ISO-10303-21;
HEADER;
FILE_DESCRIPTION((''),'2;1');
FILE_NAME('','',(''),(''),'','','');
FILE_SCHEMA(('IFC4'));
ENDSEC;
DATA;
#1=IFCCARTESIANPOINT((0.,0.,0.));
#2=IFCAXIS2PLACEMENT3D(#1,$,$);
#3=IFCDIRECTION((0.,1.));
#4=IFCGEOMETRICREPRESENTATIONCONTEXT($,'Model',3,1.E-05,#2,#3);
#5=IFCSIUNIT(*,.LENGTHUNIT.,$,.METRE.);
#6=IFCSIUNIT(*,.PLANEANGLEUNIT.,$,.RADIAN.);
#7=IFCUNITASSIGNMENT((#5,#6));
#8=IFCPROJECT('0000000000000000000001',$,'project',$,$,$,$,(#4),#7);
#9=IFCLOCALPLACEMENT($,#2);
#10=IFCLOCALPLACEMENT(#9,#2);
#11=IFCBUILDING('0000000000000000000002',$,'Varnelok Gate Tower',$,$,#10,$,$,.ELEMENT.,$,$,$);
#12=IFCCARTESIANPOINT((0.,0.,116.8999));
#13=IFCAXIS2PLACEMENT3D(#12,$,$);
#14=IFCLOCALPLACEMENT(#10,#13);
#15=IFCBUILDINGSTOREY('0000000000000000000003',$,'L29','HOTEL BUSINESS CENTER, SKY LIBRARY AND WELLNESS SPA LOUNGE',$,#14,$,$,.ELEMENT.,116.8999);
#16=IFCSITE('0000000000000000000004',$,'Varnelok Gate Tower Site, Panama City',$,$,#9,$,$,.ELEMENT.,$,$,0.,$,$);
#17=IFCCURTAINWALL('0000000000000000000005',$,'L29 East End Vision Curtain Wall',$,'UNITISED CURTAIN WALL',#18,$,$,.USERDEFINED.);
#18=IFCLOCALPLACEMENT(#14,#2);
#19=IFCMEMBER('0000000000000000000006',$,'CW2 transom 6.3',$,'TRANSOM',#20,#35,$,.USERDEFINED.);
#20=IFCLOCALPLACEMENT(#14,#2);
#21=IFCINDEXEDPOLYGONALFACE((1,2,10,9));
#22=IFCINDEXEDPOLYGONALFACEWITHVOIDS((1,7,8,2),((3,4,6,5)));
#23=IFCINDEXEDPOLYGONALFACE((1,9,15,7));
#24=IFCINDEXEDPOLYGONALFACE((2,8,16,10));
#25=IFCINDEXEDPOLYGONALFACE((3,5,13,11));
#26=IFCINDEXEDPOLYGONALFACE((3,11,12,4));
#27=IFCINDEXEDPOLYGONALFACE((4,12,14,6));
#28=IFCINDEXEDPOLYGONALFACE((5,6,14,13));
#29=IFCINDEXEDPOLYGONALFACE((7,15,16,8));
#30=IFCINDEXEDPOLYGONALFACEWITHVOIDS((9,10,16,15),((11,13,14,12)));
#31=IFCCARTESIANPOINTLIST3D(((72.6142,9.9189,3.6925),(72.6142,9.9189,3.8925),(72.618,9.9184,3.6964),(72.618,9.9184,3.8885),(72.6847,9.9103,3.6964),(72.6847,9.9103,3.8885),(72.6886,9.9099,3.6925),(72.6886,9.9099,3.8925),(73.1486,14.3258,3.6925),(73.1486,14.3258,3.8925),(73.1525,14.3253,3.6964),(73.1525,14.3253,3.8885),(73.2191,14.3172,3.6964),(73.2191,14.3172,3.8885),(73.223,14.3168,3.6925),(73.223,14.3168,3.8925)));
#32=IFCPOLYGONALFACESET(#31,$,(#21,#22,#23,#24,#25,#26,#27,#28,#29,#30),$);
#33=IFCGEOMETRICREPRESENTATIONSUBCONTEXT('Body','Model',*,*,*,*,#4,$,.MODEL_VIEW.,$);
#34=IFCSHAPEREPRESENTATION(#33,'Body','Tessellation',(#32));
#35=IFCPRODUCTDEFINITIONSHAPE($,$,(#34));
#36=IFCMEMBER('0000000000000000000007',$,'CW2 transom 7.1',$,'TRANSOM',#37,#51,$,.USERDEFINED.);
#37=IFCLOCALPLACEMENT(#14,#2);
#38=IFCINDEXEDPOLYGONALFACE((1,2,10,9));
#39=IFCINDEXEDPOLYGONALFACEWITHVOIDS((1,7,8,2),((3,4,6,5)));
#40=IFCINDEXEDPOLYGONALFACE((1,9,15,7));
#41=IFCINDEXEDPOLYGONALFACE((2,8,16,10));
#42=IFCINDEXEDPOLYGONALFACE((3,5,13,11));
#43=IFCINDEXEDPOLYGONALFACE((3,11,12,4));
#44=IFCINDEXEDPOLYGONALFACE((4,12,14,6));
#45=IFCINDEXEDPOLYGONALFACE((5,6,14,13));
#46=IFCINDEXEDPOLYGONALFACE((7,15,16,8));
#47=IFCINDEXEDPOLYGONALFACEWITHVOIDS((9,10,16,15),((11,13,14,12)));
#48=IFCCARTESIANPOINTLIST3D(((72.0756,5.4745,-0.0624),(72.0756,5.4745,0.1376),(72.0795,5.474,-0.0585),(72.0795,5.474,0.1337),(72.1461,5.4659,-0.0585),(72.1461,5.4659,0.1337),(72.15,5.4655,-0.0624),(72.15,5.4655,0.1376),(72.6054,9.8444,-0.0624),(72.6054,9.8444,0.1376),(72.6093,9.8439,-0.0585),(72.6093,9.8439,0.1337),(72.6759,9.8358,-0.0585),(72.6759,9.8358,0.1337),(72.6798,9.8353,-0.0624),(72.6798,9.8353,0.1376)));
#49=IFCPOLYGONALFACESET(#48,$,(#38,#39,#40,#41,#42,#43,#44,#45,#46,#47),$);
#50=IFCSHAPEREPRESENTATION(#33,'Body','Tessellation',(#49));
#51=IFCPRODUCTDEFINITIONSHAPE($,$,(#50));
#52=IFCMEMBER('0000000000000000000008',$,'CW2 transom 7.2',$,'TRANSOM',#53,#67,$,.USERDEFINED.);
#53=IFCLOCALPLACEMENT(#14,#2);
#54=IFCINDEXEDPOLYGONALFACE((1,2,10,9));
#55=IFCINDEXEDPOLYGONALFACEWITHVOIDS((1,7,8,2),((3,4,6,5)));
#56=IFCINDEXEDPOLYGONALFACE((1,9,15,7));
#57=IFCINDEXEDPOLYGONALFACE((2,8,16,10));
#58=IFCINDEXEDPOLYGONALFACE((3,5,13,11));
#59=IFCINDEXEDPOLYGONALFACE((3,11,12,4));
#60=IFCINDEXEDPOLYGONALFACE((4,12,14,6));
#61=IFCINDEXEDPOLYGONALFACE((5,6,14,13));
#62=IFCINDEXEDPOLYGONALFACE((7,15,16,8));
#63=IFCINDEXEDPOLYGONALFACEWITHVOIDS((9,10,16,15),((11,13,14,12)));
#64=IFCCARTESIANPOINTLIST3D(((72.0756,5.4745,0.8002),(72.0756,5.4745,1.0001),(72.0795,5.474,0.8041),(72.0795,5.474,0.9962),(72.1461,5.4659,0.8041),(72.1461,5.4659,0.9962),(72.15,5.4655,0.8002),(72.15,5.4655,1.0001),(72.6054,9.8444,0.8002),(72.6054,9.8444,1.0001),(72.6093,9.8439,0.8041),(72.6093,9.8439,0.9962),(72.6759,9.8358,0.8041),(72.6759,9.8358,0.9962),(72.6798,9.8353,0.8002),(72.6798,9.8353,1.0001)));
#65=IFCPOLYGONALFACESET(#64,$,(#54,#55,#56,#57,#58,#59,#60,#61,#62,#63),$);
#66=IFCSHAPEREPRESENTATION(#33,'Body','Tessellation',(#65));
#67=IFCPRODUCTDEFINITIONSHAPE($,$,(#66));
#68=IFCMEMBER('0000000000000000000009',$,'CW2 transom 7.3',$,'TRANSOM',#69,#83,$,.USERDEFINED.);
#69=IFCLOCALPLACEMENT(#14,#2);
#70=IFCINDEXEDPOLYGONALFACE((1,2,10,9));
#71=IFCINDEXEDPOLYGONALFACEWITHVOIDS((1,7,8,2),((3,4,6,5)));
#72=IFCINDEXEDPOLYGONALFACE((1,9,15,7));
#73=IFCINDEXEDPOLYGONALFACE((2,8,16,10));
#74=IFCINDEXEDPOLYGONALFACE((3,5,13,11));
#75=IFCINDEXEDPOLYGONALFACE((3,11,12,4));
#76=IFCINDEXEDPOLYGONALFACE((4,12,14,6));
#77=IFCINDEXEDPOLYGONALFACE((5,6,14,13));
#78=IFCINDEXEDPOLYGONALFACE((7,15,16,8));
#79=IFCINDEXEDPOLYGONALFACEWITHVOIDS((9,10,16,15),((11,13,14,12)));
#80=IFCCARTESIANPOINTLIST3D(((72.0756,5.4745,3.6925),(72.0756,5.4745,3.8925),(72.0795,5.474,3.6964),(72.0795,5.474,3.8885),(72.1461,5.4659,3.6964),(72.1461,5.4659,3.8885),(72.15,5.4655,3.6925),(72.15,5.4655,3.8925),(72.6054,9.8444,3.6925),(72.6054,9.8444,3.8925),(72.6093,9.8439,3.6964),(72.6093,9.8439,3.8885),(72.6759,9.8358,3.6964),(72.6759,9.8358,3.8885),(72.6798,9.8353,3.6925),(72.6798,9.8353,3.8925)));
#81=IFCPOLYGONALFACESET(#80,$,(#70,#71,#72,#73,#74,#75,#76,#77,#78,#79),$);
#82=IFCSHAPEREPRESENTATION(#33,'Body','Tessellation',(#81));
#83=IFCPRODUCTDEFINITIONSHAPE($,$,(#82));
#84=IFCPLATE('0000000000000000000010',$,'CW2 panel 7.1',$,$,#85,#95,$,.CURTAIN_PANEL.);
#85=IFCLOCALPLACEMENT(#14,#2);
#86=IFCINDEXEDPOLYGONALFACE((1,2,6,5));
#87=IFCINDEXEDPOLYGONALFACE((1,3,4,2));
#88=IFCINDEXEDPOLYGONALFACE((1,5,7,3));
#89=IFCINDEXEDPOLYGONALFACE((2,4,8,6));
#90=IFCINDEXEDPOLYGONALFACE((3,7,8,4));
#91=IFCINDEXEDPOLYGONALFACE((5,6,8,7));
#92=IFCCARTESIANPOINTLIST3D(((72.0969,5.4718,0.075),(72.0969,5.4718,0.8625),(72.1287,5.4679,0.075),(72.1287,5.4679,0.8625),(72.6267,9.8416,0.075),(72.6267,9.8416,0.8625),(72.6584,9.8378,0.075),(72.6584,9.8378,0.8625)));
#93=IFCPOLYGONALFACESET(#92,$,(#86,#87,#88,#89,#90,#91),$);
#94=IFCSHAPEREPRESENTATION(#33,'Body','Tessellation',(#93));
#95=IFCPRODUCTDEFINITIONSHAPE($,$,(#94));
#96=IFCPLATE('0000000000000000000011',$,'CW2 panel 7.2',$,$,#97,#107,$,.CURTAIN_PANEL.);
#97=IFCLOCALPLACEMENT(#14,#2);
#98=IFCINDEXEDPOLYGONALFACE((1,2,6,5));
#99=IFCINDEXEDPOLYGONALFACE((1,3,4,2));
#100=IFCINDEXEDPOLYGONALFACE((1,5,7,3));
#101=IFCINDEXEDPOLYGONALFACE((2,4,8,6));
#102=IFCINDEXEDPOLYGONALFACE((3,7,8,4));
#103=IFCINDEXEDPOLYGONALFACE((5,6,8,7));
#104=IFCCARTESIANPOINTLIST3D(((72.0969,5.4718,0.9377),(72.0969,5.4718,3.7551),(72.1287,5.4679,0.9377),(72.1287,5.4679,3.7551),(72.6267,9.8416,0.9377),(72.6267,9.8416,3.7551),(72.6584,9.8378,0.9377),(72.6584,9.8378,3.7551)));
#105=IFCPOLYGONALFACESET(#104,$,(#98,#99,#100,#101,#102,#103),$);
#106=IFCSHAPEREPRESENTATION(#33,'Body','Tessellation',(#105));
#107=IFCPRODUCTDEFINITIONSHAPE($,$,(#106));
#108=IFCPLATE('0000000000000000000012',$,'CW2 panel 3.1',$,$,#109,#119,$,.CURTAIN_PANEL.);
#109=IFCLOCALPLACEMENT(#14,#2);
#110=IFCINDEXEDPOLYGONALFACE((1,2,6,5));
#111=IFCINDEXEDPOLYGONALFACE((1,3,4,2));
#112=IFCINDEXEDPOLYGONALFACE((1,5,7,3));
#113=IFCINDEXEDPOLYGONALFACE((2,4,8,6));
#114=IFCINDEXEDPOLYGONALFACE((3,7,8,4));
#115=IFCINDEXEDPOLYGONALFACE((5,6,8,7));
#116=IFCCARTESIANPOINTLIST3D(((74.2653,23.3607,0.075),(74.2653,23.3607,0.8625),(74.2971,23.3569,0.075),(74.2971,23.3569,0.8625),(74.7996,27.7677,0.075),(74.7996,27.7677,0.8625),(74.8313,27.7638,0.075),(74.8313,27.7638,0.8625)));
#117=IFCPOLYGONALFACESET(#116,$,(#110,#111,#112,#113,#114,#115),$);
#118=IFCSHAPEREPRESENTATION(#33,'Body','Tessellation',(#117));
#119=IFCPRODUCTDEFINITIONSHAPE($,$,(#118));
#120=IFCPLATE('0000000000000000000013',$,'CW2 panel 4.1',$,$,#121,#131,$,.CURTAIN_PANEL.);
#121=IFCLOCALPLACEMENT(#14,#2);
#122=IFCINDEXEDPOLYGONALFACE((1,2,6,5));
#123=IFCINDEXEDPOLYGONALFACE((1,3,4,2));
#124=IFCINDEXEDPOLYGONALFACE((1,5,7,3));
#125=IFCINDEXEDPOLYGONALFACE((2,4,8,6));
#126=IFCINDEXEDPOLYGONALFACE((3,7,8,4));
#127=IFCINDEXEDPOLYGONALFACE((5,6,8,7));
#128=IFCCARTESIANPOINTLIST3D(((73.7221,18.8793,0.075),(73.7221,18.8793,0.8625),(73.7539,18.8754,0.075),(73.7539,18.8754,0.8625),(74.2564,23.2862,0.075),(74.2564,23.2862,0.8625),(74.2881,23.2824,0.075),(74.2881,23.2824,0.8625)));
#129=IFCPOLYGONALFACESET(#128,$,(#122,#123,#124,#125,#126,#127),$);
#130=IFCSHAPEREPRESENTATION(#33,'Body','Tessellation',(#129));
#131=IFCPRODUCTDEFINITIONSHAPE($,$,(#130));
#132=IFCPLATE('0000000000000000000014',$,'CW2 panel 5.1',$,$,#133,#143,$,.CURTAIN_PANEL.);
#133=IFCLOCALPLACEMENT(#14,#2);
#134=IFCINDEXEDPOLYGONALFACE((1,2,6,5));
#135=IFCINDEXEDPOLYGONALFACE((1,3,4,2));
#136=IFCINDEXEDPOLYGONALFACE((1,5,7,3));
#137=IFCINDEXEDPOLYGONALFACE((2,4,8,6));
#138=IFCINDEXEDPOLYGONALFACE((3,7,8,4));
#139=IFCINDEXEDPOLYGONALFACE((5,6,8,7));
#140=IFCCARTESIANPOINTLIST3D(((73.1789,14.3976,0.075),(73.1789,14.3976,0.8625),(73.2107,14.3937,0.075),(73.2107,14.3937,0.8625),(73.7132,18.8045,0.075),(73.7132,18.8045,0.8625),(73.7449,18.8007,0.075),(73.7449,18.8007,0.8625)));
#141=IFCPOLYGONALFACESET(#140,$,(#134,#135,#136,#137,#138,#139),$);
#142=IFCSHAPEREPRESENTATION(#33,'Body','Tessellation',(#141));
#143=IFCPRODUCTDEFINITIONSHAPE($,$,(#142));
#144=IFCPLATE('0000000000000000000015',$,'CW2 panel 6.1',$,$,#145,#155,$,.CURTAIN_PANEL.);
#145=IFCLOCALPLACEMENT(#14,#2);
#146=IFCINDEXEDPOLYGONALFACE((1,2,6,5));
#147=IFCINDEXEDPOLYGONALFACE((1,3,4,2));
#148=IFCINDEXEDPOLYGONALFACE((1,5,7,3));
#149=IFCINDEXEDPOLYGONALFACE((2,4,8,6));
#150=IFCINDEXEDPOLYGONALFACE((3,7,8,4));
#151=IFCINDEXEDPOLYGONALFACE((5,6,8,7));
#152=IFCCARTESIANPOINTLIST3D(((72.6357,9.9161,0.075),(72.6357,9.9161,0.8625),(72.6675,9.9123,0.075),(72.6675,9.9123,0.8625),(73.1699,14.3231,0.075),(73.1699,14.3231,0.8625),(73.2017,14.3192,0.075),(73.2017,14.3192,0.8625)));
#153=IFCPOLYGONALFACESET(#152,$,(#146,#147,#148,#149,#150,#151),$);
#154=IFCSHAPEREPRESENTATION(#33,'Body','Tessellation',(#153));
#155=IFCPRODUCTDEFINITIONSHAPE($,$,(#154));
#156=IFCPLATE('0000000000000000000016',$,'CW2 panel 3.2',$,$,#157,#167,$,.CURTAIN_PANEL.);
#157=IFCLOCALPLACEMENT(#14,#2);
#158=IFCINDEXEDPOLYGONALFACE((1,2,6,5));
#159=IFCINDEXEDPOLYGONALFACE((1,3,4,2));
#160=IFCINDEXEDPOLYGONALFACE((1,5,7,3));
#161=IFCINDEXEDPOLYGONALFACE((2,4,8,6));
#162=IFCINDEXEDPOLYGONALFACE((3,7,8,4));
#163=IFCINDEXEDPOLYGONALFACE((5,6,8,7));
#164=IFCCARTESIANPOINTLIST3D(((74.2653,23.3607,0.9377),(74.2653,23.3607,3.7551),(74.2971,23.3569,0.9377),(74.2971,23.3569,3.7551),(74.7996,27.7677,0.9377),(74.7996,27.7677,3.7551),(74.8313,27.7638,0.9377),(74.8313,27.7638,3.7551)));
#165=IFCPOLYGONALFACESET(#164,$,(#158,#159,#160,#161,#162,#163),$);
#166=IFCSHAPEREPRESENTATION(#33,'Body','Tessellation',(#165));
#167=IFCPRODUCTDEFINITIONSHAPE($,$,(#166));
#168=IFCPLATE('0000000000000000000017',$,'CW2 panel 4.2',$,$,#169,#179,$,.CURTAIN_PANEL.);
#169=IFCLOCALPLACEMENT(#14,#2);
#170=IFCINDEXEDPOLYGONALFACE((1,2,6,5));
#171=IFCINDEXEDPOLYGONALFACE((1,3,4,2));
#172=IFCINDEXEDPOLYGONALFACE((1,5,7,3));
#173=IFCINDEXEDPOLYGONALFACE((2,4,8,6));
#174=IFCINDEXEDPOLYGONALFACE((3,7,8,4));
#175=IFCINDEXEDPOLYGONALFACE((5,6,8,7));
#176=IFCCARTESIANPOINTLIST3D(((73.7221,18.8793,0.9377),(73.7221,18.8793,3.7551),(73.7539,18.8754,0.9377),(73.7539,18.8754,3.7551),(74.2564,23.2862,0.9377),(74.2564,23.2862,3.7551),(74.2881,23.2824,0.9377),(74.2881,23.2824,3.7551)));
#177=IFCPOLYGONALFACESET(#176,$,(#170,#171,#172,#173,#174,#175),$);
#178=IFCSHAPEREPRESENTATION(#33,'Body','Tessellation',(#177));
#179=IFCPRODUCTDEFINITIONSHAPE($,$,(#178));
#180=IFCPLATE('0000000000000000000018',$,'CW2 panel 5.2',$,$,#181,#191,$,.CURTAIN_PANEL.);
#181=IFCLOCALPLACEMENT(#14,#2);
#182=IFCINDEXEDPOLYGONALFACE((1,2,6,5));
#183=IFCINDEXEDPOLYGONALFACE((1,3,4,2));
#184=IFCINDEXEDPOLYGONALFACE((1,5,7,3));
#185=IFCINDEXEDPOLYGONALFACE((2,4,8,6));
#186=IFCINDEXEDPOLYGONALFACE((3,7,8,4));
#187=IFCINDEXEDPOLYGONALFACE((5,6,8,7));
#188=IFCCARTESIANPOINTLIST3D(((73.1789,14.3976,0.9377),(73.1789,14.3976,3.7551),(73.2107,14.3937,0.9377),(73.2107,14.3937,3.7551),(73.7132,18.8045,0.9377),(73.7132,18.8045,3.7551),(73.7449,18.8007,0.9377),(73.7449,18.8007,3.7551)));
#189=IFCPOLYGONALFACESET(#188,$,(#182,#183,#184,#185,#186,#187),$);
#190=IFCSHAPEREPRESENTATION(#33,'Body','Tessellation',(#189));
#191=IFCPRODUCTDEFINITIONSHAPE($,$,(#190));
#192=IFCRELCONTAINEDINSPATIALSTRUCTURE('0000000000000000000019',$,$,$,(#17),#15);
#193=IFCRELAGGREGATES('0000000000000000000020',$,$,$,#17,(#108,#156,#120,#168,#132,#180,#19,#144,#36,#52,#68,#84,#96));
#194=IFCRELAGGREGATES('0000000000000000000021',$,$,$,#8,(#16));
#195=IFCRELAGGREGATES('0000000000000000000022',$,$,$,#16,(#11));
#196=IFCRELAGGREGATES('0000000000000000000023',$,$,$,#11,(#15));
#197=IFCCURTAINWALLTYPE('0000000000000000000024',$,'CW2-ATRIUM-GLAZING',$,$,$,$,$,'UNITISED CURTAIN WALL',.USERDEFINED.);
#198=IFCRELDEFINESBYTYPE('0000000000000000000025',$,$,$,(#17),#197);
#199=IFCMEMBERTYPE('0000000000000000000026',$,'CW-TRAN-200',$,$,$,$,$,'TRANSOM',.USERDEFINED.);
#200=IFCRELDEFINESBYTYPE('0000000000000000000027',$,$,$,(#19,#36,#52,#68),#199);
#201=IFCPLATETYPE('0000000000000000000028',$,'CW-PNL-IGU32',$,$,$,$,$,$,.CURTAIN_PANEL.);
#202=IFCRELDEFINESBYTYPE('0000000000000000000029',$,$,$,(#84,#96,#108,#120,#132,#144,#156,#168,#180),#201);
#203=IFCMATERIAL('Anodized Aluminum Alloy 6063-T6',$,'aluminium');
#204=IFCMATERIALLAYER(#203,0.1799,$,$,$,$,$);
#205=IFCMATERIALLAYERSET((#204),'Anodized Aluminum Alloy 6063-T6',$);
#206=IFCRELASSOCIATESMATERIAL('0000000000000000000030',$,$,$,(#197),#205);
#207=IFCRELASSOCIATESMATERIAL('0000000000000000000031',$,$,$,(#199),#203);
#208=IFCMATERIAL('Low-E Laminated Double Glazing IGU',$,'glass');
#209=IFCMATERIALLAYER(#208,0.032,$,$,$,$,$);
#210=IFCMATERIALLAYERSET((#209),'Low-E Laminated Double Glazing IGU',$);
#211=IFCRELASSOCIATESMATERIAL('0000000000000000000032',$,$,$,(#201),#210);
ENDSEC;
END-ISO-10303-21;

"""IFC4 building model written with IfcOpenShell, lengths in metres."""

from ifc_helpers import new_model, si_unit, direction, frame, origin, origin_2d, place, context, subcontext, project, spatial, rectangle, hollow_rectangle, extrude, source, transform, mapped, material, layer, layer_set, material_profile, profile_set, type_object, element, aggregate, save


model = new_model("IFC4")

# Units and contexts
model_context = context("Model", 3, precision=1e-05, world=origin(), true_north=direction((0.0, 1.0)))
body_context = subcontext(model_context, "Body", "Model", "MODEL_VIEW")
ifc_project = project(units=[si_unit("LENGTHUNIT", "METRE"), si_unit("PLANEANGLEUNIT", "RADIAN")], contexts=[model_context])

# Site, building, storey
site_placement = place(None, origin())
site = spatial("IfcSite", under=ifc_project, at=site_placement, Name="Varnelok Gate Tower Site, Panama City", CompositionType="ELEMENT", RefElevation=0.0)
building_placement = place(site_placement, origin())
building = spatial("IfcBuilding", under=site, at=building_placement, Name="Varnelok Gate Tower", CompositionType="ELEMENT")
storey_placement = place(building_placement, frame((0.0, 0.0, 116.8999)))
storey = spatial("IfcBuildingStorey", under=building, at=storey_placement, Name="L29", Description="HOTEL BUSINESS CENTER, SKY LIBRARY AND WELLNESS SPA LOUNGE", CompositionType="ELEMENT", Elevation=116.8999)

# Curtain wall, members, plates
ifc_material_1 = material(Name="Anodized Aluminum Alloy 6063-T6", Category="aluminium")
ifc_layer_1 = layer(ifc_material_1, 0.1799)
ifc_layer_set_1 = layer_set([ifc_layer_1], Name="Anodized Aluminum Alloy 6063-T6")
curtain_wall_type = type_object("IfcCurtainWallType", Name="CW2-ATRIUM-GLAZING", ElementType="UNITISED CURTAIN WALL", PredefinedType="USERDEFINED", material=ifc_layer_set_1)
curtain_wall_placement = place(storey_placement, origin())
curtain_wall = element("IfcCurtainWall", 1, at=curtain_wall_placement, inside=storey, type_object=curtain_wall_type, Name="L29 East End Vision Curtain Wall", ObjectType="UNITISED CURTAIN WALL", PredefinedType="USERDEFINED")
ifc_material_profile_1 = material_profile(ifc_material_1, hollow_rectangle(XDim=0.075, YDim=0.2, WallThickness=0.0039, at=origin_2d()), Name="ALU200X75X4")
ifc_profile_set_1 = profile_set([ifc_material_profile_1], Name="Anodized Aluminum Alloy 6063-T6")
member_type_1 = type_object("IfcMemberType", Name="CW-TRAN-200", ElementType="TRANSOM", PredefinedType="USERDEFINED", material=ifc_profile_set_1)
member_1_placement = place(storey_placement, frame((73.1858, 14.3213, 3.7925), z_axis=(-0.120386, -0.992727, 0.0), x_axis=(0.992727, -0.120386, 0.0)))
member_1 = element("IfcMember", 2, at=member_1_placement, type_object=member_type_1, Name="CW2 transom 6.3", ObjectType="TRANSOM", PredefinedType="USERDEFINED", context=body_context, shape_type="SweptSolid", body=[
    extrude(hollow_rectangle(XDim=0.075, YDim=0.2, WallThickness=0.0039, at=origin_2d()), origin(), (0.0, 0.0, 1.0), 4.4392),
])
member_2_placement = place(storey_placement, frame((72.6426, 9.8398, 0.0376), z_axis=(-0.120355, -0.992731, 0.0), x_axis=(0.992731, -0.120355, 0.0)))
member_2 = element("IfcMember", 3, at=member_2_placement, type_object=member_type_1, Name="CW2 transom 7.1", ObjectType="TRANSOM", PredefinedType="USERDEFINED", context=body_context, shape_type="SweptSolid", body=[
    extrude(hollow_rectangle(XDim=0.075, YDim=0.2, WallThickness=0.0039, at=origin_2d()), origin(), (0.0, 0.0, 1.0), 4.4019),
])
member_3_placement = place(storey_placement, frame((72.6426, 9.8398, 0.9001), z_axis=(-0.120355, -0.992731, 0.0), x_axis=(0.992731, -0.120355, 0.0)))
member_3 = element("IfcMember", 4, at=member_3_placement, type_object=member_type_1, Name="CW2 transom 7.2", ObjectType="TRANSOM", PredefinedType="USERDEFINED", context=body_context, shape_type="SweptSolid", body=[
    extrude(hollow_rectangle(XDim=0.075, YDim=0.2, WallThickness=0.0039, at=origin_2d()), origin(), (0.0, 0.0, 1.0), 4.4019),
])
member_4_placement = place(storey_placement, frame((72.6426, 9.8398, 3.7925), z_axis=(-0.120355, -0.992731, 0.0), x_axis=(0.992731, -0.120355, 0.0)))
member_4 = element("IfcMember", 5, at=member_4_placement, type_object=member_type_1, Name="CW2 transom 7.3", ObjectType="TRANSOM", PredefinedType="USERDEFINED", context=body_context, shape_type="SweptSolid", body=[
    extrude(hollow_rectangle(XDim=0.075, YDim=0.2, WallThickness=0.0039, at=origin_2d()), origin(), (0.0, 0.0, 1.0), 4.4019),
])
ifc_material_2 = material(Name="Low-E Laminated Double Glazing IGU", Category="glass")
ifc_layer_2 = layer(ifc_material_2, 0.032)
ifc_layer_set_2 = layer_set([ifc_layer_2], Name="Low-E Laminated Double Glazing IGU")
plate_type = type_object("IfcPlateType", Name="CW-PNL-IGU32", PredefinedType="CURTAIN_PANEL", material=ifc_layer_set_2)
shared_shape_1 = source(origin(), body_context, "Body", "SweptSolid", [
    extrude(rectangle(XDim=4.4019, YDim=0.032, at=origin_2d()), origin(), (0.0, 0.0, 1.0), 0.7876),
])
plate_1_placement = place(storey_placement, frame((72.3777, 7.6548, 0.075), z_axis=(0.0, 0.0, 1.0), x_axis=(-0.120345, -0.992732, 0.0)))
plate_1 = element("IfcPlate", 6, at=plate_1_placement, type_object=plate_type, Name="CW2 panel 7.1", PredefinedType="CURTAIN_PANEL", context=body_context, shape_type="MappedRepresentation", body=[
    mapped(shared_shape_1, transform((0.0, 0.0, 0.0), scale=1.0)),
])
shared_shape_2 = source(origin(), body_context, "Body", "SweptSolid", [
    extrude(rectangle(XDim=4.4019, YDim=0.032, at=origin_2d()), origin(), (0.0, 0.0, 1.0), 2.8174),
])
plate_2_placement = place(storey_placement, frame((72.3777, 7.6548, 0.9377), z_axis=(0.0, 0.0, 1.0), x_axis=(-0.120345, -0.992732, 0.0)))
plate_2 = element("IfcPlate", 7, at=plate_2_placement, type_object=plate_type, Name="CW2 panel 7.2", PredefinedType="CURTAIN_PANEL", context=body_context, shape_type="MappedRepresentation", body=[
    mapped(shared_shape_2, transform((0.0, 0.0, 0.0), scale=1.0)),
])
shared_shape_3 = source(origin(), body_context, "Body", "SweptSolid", [
    extrude(rectangle(XDim=4.4392, YDim=0.032, at=origin_2d()), origin(), (0.0, 0.0, 1.0), 0.7876),
])
plate_3_placement = place(storey_placement, frame((74.5483, 25.5623, 0.075), z_axis=(0.0, 0.0, 1.0), x_axis=(-0.120345, -0.992732, 0.0)))
plate_3 = element("IfcPlate", 8, at=plate_3_placement, type_object=plate_type, Name="CW2 panel 3.1", PredefinedType="CURTAIN_PANEL", context=body_context, shape_type="MappedRepresentation", body=[
    mapped(shared_shape_3, transform((0.0, 0.0, 0.0), scale=1.0)),
])
plate_4_placement = place(storey_placement, frame((74.0051, 21.0808, 0.075), z_axis=(0.0, 0.0, 1.0), x_axis=(-0.120345, -0.992732, 0.0)))
plate_4 = element("IfcPlate", 9, at=plate_4_placement, type_object=plate_type, Name="CW2 panel 4.1", PredefinedType="CURTAIN_PANEL", context=body_context, shape_type="MappedRepresentation", body=[
    mapped(shared_shape_3, transform((0.0, 0.0, 0.0), scale=1.0)),
])
plate_5_placement = place(storey_placement, frame((73.4619, 16.5991, 0.075), z_axis=(0.0, 0.0, 1.0), x_axis=(-0.120345, -0.992732, 0.0)))
plate_5 = element("IfcPlate", 10, at=plate_5_placement, type_object=plate_type, Name="CW2 panel 5.1", PredefinedType="CURTAIN_PANEL", context=body_context, shape_type="MappedRepresentation", body=[
    mapped(shared_shape_3, transform((0.0, 0.0, 0.0), scale=1.0)),
])
plate_6_placement = place(storey_placement, frame((72.9187, 12.1177, 0.075), z_axis=(0.0, 0.0, 1.0), x_axis=(-0.120345, -0.992732, 0.0)))
plate_6 = element("IfcPlate", 11, at=plate_6_placement, type_object=plate_type, Name="CW2 panel 6.1", PredefinedType="CURTAIN_PANEL", context=body_context, shape_type="MappedRepresentation", body=[
    mapped(shared_shape_3, transform((0.0, 0.0, 0.0), scale=1.0)),
])
shared_shape_4 = source(origin(), body_context, "Body", "SweptSolid", [
    extrude(rectangle(XDim=4.4392, YDim=0.032, at=origin_2d()), origin(), (0.0, 0.0, 1.0), 2.8174),
])
plate_7_placement = place(storey_placement, frame((74.5483, 25.5623, 0.9377), z_axis=(0.0, 0.0, 1.0), x_axis=(-0.120345, -0.992732, 0.0)))
plate_7 = element("IfcPlate", 12, at=plate_7_placement, type_object=plate_type, Name="CW2 panel 3.2", PredefinedType="CURTAIN_PANEL", context=body_context, shape_type="MappedRepresentation", body=[
    mapped(shared_shape_4, transform((0.0, 0.0, 0.0), scale=1.0)),
])
plate_8_placement = place(storey_placement, frame((74.0051, 21.0808, 0.9377), z_axis=(0.0, 0.0, 1.0), x_axis=(-0.120345, -0.992732, 0.0)))
plate_8 = element("IfcPlate", 13, at=plate_8_placement, type_object=plate_type, Name="CW2 panel 4.2", PredefinedType="CURTAIN_PANEL", context=body_context, shape_type="MappedRepresentation", body=[
    mapped(shared_shape_4, transform((0.0, 0.0, 0.0), scale=1.0)),
])
plate_9_placement = place(storey_placement, frame((73.4619, 16.5991, 0.9377), z_axis=(0.0, 0.0, 1.0), x_axis=(-0.120345, -0.992732, 0.0)))
plate_9 = element("IfcPlate", 14, at=plate_9_placement, type_object=plate_type, Name="CW2 panel 5.2", PredefinedType="CURTAIN_PANEL", context=body_context, shape_type="MappedRepresentation", body=[
    mapped(shared_shape_4, transform((0.0, 0.0, 0.0), scale=1.0)),
])
aggregate(curtain_wall, [plate_3, plate_7, plate_4, plate_8, plate_5, plate_9, member_1, plate_6, member_2, member_3, member_4, plate_1, plate_2])

save(model, "model.ifc")
